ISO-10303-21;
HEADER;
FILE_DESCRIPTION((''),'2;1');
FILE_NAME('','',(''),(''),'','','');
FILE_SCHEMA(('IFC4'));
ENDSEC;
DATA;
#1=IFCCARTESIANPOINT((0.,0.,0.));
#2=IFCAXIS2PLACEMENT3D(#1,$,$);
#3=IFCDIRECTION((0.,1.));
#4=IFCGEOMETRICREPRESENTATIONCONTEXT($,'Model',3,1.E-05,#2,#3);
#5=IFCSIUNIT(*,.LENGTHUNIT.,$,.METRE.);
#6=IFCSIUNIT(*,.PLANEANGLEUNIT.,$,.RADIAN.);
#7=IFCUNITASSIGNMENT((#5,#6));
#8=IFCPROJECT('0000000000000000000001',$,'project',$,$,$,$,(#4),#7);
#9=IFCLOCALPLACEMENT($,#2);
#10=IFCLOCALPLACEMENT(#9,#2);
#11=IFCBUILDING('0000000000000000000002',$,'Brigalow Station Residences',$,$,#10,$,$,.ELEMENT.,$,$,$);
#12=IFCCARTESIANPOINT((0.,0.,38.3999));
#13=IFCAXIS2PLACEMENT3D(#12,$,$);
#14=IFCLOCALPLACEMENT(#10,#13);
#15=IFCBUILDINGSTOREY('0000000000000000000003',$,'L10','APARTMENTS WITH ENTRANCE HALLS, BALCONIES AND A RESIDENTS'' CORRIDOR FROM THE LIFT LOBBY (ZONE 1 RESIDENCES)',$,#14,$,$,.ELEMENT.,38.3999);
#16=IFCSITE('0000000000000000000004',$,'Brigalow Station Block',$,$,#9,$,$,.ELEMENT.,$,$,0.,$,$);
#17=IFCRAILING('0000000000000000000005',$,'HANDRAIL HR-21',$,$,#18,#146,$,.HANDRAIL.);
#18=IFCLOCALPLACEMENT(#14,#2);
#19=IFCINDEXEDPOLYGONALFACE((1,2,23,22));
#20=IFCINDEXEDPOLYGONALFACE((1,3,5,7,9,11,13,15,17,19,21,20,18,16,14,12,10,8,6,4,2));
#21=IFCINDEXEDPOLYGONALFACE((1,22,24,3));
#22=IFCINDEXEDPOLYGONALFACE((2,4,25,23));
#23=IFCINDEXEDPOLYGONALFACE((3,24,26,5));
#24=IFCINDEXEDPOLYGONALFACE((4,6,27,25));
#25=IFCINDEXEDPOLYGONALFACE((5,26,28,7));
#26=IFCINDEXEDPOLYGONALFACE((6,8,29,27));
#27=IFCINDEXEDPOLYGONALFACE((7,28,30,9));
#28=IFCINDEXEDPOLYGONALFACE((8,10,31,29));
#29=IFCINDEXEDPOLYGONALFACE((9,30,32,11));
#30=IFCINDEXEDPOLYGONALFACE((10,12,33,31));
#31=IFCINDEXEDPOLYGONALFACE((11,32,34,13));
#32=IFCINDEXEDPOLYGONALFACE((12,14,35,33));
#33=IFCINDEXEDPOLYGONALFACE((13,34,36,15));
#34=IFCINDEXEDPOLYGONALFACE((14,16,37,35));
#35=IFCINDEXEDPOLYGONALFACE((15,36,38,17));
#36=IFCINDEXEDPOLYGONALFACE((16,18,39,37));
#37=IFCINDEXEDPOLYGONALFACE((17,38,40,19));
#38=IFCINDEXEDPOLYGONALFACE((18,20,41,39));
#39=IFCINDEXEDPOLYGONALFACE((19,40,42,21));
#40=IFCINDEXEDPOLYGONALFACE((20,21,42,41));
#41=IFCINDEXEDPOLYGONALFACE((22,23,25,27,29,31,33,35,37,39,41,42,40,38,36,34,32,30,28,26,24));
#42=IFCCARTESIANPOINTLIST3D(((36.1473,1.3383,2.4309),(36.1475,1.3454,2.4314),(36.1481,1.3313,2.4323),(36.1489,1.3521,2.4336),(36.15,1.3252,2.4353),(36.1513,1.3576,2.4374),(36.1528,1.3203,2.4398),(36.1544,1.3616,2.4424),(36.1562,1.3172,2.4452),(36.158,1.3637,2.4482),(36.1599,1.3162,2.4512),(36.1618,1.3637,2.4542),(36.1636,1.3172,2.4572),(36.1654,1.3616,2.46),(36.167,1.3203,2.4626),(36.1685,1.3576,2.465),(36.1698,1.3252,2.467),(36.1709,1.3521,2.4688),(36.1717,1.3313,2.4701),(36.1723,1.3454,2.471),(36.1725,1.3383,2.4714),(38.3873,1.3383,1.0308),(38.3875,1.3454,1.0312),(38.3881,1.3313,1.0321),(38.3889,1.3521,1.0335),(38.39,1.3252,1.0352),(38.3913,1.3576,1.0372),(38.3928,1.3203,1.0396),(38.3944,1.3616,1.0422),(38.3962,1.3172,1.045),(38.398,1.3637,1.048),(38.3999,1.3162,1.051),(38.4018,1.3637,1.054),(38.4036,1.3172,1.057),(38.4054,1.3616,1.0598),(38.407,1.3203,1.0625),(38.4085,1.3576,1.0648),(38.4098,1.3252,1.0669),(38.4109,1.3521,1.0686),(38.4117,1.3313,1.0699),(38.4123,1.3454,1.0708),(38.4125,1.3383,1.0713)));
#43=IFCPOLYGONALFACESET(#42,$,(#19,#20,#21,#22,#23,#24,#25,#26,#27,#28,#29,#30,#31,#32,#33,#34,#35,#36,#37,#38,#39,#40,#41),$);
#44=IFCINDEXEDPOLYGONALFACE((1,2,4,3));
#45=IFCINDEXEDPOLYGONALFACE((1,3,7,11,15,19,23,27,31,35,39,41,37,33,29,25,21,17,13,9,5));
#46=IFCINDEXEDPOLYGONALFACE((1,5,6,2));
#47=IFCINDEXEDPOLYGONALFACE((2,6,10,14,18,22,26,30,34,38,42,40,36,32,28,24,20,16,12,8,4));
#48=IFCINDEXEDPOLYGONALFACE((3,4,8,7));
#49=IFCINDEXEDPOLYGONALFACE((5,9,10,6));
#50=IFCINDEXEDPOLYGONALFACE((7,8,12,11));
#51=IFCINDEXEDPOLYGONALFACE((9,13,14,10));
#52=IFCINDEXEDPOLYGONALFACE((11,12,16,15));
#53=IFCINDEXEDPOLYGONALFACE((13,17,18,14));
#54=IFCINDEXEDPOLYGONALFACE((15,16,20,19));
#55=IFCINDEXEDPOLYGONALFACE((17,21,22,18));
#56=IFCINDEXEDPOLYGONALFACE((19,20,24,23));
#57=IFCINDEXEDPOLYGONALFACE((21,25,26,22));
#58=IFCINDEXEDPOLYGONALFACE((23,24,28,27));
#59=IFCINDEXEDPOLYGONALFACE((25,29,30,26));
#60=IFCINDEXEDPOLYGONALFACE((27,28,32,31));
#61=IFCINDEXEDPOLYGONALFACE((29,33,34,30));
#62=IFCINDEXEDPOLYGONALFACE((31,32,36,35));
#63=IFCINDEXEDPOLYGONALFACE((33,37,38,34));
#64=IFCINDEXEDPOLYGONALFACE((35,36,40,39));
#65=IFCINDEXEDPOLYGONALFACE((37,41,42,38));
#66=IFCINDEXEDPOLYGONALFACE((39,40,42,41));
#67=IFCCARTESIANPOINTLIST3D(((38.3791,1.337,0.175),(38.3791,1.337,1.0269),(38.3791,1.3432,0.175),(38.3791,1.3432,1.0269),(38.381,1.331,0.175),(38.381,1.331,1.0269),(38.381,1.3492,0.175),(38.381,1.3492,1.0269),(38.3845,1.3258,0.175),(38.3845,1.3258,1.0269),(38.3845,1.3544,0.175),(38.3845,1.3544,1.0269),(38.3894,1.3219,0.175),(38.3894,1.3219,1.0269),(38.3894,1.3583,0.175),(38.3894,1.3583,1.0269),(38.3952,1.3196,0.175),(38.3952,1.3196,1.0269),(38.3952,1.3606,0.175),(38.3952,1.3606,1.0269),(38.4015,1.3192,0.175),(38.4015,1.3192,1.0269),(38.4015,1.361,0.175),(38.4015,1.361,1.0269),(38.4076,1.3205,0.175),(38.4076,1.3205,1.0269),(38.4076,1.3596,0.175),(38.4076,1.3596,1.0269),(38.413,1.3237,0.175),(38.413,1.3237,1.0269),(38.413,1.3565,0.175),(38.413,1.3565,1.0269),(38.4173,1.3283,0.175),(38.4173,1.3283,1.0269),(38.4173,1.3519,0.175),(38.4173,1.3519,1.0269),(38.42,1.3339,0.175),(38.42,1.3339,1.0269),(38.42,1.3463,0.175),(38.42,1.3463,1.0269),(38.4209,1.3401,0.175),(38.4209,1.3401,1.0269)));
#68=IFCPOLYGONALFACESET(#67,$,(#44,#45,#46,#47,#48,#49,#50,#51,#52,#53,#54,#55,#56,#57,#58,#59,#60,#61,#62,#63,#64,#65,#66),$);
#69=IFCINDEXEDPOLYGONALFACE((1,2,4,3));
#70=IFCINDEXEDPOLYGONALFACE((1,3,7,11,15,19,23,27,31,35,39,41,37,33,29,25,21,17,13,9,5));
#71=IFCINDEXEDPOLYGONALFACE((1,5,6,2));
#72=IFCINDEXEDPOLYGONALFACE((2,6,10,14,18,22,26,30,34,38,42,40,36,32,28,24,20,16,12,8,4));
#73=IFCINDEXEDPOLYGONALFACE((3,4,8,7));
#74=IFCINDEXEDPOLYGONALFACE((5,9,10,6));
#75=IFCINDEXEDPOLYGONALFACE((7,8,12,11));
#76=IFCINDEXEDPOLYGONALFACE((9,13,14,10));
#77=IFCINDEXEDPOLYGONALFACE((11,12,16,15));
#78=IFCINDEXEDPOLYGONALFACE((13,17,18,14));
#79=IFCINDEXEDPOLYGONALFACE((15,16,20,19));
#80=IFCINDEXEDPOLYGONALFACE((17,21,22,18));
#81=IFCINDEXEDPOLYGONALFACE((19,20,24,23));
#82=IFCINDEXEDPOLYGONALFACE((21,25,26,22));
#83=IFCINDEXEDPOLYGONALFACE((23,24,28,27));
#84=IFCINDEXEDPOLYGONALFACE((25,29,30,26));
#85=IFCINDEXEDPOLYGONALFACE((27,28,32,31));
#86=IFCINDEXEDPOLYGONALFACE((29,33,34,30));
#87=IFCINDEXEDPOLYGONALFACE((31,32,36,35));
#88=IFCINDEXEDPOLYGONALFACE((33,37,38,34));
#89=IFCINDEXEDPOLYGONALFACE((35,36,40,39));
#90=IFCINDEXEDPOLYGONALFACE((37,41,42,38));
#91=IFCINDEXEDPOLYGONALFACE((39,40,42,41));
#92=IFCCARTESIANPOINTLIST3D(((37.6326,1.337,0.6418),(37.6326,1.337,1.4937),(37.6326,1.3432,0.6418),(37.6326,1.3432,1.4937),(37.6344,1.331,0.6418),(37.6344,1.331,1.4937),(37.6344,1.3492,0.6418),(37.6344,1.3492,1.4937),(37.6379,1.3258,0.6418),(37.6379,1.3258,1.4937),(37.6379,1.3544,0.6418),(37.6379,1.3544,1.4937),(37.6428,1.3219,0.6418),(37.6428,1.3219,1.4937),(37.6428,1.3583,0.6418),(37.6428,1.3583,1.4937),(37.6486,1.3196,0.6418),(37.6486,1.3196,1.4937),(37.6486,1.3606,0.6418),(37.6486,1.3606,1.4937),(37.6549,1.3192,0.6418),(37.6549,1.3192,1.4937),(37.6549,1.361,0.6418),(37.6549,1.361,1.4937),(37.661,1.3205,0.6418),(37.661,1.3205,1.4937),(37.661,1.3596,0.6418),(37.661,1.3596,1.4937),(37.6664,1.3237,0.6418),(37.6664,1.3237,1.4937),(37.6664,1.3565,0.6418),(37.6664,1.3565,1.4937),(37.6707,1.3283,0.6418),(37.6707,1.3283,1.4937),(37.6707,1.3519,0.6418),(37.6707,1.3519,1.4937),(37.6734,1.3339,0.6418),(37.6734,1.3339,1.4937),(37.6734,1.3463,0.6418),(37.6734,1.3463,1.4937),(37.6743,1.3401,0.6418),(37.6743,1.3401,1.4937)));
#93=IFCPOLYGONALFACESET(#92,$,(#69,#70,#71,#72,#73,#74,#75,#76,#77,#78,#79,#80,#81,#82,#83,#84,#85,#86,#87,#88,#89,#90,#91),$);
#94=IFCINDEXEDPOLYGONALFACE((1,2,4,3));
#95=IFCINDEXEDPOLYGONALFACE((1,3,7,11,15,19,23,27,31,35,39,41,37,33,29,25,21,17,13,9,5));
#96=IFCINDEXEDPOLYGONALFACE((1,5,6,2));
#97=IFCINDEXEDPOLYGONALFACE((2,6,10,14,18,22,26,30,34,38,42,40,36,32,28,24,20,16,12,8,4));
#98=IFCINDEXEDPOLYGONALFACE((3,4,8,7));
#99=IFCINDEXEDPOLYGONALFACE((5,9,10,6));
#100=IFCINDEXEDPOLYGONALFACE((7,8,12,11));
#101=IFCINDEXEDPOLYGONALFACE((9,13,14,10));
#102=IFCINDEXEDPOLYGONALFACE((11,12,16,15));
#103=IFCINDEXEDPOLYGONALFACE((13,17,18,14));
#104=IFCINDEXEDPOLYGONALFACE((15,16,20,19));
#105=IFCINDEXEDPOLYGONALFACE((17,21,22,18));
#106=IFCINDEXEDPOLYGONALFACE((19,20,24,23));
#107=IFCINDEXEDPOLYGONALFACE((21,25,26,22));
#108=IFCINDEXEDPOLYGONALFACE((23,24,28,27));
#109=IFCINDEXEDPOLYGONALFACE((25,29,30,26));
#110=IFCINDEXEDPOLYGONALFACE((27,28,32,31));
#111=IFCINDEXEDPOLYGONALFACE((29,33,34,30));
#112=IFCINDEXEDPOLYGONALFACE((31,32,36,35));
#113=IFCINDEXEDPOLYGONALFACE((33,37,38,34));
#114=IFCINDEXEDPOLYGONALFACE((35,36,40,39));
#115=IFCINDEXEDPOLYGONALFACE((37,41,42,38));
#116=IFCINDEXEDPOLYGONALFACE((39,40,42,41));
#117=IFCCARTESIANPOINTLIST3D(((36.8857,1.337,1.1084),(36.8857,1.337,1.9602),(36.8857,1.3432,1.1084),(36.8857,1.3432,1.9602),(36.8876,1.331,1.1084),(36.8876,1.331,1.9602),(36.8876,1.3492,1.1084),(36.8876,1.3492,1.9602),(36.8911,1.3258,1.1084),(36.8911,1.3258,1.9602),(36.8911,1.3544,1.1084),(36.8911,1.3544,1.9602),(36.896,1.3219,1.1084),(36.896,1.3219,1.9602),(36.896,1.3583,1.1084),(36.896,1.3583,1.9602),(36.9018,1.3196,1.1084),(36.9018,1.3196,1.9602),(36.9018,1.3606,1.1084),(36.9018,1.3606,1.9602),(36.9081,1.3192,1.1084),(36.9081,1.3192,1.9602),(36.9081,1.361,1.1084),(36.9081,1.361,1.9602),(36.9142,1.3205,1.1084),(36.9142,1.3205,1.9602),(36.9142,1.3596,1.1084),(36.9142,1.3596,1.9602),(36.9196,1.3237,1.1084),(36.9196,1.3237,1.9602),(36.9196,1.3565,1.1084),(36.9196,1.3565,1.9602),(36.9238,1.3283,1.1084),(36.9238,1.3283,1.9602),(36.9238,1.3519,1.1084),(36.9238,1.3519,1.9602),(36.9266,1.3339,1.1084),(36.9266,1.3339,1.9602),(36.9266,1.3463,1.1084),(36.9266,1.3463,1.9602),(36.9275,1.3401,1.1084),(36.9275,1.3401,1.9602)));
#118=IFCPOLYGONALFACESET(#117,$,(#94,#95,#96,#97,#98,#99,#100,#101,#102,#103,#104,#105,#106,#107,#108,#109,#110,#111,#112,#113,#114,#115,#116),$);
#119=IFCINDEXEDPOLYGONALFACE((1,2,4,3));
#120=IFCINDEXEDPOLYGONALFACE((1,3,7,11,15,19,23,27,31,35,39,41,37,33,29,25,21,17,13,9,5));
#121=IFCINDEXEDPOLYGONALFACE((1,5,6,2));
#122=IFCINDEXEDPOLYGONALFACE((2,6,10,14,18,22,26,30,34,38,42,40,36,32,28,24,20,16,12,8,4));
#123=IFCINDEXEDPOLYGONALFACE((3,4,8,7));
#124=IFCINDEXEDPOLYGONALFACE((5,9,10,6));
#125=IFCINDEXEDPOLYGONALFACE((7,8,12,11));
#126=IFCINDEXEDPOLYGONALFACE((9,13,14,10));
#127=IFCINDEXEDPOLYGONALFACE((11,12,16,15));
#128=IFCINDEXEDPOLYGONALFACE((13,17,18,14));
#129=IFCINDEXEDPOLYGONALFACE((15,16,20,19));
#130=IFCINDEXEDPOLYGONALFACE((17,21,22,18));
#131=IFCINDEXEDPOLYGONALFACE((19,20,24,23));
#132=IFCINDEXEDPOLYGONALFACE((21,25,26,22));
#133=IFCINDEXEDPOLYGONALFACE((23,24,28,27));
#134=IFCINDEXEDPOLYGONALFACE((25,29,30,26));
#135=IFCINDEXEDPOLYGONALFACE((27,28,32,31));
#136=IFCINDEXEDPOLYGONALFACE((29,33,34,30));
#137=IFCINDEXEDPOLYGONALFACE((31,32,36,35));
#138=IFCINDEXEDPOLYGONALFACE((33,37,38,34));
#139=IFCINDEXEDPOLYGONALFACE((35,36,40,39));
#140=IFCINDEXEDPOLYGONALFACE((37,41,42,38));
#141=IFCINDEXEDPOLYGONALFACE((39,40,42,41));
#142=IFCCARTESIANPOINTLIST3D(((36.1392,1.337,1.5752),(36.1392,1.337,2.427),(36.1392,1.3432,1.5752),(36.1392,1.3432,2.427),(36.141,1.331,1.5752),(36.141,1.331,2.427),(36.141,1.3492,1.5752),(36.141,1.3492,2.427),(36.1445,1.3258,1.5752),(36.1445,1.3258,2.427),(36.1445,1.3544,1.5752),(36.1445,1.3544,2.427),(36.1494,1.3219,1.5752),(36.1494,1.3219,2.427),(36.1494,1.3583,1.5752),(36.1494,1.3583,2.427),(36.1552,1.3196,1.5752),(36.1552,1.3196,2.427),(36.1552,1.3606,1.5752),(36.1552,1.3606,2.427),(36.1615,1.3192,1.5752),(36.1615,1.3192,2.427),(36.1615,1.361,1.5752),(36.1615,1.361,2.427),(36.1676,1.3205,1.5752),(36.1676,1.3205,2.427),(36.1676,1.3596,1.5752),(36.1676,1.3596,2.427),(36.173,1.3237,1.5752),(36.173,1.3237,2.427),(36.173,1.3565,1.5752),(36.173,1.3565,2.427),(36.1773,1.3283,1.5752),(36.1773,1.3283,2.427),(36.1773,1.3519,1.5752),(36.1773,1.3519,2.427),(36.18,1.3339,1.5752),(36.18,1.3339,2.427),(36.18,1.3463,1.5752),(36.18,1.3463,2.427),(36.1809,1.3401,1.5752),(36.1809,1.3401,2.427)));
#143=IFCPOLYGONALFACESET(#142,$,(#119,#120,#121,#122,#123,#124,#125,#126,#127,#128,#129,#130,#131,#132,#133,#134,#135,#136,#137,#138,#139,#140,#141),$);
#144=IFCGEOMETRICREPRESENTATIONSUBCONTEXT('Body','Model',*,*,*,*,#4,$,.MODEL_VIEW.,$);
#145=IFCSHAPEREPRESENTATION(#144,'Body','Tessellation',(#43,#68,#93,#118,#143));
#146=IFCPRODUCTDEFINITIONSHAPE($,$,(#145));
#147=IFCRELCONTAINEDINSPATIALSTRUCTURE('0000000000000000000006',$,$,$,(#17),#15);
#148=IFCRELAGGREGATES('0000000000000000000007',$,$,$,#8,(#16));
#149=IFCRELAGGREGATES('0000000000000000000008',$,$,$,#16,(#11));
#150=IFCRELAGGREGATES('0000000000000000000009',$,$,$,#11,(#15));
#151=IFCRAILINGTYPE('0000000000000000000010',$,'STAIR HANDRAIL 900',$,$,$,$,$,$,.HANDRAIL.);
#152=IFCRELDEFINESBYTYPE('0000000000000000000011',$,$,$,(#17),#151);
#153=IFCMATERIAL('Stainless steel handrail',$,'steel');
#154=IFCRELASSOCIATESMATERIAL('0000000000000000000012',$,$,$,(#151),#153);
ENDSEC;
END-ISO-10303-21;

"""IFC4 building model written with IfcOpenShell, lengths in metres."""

from ifc_helpers import new_model, si_unit, direction, frame, origin, origin_2d, place, context, subcontext, project, spatial, circle, extrude, material, type_object, element, save


model = new_model("IFC4")

# Units and contexts
model_context = context("Model", 3, precision=1e-05, world=origin(), true_north=direction((0.0, 1.0)))
body_context = subcontext(model_context, "Body", "Model", "MODEL_VIEW")
ifc_project = project(units=[si_unit("LENGTHUNIT", "METRE"), si_unit("PLANEANGLEUNIT", "RADIAN")], contexts=[model_context])

# Site, building, storey
site_placement = place(None, origin())
site = spatial("IfcSite", under=ifc_project, at=site_placement, Name="Brigalow Station Block", CompositionType="ELEMENT", RefElevation=0.0)
building_placement = place(site_placement, origin())
building = spatial("IfcBuilding", under=site, at=building_placement, Name="Brigalow Station Residences", CompositionType="ELEMENT")
storey_placement = place(building_placement, frame((0.0, 0.0, 38.3999)))
storey = spatial("IfcBuildingStorey", under=building, at=storey_placement, Name="L10", Description="APARTMENTS WITH ENTRANCE HALLS, BALCONIES AND A RESIDENTS' CORRIDOR FROM THE LIFT LOBBY (ZONE 1 RESIDENCES)", CompositionType="ELEMENT", Elevation=38.3999)

# Railing
ifc_material_1 = material(Name="Stainless steel handrail", Category="steel")
railing_type_1 = type_object("IfcRailingType", Name="STAIR HANDRAIL 900", PredefinedType="HANDRAIL", material=ifc_material_1)
railing_1_placement = place(storey_placement, frame((38.3999, 1.3401, 0.175)))
element("IfcRailing", 1, at=railing_1_placement, inside=storey, type_object=railing_type_1, Name="HANDRAIL HR-21", PredefinedType="HANDRAIL", context=body_context, shape_type="SweptSolid", body=[
    extrude(circle(Radius=0.0239, at=origin_2d()), frame((0.0, 0.0, 0.876), z_axis=(-0.847972, 0.0, 0.53004), x_axis=(0.0, -1.0, 0.0)), (0.0, 0.0, 1.0), 2.6416),
    extrude(circle(Radius=0.021, at=origin_2d()), origin(), (0.0, 0.0, 1.0), 0.8518),
    extrude(circle(Radius=0.021, at=origin_2d()), frame((-0.7466, 0.0, 0.4668)), (0.0, 0.0, 1.0), 0.8518),
    extrude(circle(Radius=0.021, at=origin_2d()), frame((-1.4934, 0.0, 0.9333)), (0.0, 0.0, 1.0), 0.8518),
    extrude(circle(Radius=0.021, at=origin_2d()), frame((-2.24, 0.0, 1.4001)), (0.0, 0.0, 1.0), 0.8518),
])

save(model, "model.ifc")
